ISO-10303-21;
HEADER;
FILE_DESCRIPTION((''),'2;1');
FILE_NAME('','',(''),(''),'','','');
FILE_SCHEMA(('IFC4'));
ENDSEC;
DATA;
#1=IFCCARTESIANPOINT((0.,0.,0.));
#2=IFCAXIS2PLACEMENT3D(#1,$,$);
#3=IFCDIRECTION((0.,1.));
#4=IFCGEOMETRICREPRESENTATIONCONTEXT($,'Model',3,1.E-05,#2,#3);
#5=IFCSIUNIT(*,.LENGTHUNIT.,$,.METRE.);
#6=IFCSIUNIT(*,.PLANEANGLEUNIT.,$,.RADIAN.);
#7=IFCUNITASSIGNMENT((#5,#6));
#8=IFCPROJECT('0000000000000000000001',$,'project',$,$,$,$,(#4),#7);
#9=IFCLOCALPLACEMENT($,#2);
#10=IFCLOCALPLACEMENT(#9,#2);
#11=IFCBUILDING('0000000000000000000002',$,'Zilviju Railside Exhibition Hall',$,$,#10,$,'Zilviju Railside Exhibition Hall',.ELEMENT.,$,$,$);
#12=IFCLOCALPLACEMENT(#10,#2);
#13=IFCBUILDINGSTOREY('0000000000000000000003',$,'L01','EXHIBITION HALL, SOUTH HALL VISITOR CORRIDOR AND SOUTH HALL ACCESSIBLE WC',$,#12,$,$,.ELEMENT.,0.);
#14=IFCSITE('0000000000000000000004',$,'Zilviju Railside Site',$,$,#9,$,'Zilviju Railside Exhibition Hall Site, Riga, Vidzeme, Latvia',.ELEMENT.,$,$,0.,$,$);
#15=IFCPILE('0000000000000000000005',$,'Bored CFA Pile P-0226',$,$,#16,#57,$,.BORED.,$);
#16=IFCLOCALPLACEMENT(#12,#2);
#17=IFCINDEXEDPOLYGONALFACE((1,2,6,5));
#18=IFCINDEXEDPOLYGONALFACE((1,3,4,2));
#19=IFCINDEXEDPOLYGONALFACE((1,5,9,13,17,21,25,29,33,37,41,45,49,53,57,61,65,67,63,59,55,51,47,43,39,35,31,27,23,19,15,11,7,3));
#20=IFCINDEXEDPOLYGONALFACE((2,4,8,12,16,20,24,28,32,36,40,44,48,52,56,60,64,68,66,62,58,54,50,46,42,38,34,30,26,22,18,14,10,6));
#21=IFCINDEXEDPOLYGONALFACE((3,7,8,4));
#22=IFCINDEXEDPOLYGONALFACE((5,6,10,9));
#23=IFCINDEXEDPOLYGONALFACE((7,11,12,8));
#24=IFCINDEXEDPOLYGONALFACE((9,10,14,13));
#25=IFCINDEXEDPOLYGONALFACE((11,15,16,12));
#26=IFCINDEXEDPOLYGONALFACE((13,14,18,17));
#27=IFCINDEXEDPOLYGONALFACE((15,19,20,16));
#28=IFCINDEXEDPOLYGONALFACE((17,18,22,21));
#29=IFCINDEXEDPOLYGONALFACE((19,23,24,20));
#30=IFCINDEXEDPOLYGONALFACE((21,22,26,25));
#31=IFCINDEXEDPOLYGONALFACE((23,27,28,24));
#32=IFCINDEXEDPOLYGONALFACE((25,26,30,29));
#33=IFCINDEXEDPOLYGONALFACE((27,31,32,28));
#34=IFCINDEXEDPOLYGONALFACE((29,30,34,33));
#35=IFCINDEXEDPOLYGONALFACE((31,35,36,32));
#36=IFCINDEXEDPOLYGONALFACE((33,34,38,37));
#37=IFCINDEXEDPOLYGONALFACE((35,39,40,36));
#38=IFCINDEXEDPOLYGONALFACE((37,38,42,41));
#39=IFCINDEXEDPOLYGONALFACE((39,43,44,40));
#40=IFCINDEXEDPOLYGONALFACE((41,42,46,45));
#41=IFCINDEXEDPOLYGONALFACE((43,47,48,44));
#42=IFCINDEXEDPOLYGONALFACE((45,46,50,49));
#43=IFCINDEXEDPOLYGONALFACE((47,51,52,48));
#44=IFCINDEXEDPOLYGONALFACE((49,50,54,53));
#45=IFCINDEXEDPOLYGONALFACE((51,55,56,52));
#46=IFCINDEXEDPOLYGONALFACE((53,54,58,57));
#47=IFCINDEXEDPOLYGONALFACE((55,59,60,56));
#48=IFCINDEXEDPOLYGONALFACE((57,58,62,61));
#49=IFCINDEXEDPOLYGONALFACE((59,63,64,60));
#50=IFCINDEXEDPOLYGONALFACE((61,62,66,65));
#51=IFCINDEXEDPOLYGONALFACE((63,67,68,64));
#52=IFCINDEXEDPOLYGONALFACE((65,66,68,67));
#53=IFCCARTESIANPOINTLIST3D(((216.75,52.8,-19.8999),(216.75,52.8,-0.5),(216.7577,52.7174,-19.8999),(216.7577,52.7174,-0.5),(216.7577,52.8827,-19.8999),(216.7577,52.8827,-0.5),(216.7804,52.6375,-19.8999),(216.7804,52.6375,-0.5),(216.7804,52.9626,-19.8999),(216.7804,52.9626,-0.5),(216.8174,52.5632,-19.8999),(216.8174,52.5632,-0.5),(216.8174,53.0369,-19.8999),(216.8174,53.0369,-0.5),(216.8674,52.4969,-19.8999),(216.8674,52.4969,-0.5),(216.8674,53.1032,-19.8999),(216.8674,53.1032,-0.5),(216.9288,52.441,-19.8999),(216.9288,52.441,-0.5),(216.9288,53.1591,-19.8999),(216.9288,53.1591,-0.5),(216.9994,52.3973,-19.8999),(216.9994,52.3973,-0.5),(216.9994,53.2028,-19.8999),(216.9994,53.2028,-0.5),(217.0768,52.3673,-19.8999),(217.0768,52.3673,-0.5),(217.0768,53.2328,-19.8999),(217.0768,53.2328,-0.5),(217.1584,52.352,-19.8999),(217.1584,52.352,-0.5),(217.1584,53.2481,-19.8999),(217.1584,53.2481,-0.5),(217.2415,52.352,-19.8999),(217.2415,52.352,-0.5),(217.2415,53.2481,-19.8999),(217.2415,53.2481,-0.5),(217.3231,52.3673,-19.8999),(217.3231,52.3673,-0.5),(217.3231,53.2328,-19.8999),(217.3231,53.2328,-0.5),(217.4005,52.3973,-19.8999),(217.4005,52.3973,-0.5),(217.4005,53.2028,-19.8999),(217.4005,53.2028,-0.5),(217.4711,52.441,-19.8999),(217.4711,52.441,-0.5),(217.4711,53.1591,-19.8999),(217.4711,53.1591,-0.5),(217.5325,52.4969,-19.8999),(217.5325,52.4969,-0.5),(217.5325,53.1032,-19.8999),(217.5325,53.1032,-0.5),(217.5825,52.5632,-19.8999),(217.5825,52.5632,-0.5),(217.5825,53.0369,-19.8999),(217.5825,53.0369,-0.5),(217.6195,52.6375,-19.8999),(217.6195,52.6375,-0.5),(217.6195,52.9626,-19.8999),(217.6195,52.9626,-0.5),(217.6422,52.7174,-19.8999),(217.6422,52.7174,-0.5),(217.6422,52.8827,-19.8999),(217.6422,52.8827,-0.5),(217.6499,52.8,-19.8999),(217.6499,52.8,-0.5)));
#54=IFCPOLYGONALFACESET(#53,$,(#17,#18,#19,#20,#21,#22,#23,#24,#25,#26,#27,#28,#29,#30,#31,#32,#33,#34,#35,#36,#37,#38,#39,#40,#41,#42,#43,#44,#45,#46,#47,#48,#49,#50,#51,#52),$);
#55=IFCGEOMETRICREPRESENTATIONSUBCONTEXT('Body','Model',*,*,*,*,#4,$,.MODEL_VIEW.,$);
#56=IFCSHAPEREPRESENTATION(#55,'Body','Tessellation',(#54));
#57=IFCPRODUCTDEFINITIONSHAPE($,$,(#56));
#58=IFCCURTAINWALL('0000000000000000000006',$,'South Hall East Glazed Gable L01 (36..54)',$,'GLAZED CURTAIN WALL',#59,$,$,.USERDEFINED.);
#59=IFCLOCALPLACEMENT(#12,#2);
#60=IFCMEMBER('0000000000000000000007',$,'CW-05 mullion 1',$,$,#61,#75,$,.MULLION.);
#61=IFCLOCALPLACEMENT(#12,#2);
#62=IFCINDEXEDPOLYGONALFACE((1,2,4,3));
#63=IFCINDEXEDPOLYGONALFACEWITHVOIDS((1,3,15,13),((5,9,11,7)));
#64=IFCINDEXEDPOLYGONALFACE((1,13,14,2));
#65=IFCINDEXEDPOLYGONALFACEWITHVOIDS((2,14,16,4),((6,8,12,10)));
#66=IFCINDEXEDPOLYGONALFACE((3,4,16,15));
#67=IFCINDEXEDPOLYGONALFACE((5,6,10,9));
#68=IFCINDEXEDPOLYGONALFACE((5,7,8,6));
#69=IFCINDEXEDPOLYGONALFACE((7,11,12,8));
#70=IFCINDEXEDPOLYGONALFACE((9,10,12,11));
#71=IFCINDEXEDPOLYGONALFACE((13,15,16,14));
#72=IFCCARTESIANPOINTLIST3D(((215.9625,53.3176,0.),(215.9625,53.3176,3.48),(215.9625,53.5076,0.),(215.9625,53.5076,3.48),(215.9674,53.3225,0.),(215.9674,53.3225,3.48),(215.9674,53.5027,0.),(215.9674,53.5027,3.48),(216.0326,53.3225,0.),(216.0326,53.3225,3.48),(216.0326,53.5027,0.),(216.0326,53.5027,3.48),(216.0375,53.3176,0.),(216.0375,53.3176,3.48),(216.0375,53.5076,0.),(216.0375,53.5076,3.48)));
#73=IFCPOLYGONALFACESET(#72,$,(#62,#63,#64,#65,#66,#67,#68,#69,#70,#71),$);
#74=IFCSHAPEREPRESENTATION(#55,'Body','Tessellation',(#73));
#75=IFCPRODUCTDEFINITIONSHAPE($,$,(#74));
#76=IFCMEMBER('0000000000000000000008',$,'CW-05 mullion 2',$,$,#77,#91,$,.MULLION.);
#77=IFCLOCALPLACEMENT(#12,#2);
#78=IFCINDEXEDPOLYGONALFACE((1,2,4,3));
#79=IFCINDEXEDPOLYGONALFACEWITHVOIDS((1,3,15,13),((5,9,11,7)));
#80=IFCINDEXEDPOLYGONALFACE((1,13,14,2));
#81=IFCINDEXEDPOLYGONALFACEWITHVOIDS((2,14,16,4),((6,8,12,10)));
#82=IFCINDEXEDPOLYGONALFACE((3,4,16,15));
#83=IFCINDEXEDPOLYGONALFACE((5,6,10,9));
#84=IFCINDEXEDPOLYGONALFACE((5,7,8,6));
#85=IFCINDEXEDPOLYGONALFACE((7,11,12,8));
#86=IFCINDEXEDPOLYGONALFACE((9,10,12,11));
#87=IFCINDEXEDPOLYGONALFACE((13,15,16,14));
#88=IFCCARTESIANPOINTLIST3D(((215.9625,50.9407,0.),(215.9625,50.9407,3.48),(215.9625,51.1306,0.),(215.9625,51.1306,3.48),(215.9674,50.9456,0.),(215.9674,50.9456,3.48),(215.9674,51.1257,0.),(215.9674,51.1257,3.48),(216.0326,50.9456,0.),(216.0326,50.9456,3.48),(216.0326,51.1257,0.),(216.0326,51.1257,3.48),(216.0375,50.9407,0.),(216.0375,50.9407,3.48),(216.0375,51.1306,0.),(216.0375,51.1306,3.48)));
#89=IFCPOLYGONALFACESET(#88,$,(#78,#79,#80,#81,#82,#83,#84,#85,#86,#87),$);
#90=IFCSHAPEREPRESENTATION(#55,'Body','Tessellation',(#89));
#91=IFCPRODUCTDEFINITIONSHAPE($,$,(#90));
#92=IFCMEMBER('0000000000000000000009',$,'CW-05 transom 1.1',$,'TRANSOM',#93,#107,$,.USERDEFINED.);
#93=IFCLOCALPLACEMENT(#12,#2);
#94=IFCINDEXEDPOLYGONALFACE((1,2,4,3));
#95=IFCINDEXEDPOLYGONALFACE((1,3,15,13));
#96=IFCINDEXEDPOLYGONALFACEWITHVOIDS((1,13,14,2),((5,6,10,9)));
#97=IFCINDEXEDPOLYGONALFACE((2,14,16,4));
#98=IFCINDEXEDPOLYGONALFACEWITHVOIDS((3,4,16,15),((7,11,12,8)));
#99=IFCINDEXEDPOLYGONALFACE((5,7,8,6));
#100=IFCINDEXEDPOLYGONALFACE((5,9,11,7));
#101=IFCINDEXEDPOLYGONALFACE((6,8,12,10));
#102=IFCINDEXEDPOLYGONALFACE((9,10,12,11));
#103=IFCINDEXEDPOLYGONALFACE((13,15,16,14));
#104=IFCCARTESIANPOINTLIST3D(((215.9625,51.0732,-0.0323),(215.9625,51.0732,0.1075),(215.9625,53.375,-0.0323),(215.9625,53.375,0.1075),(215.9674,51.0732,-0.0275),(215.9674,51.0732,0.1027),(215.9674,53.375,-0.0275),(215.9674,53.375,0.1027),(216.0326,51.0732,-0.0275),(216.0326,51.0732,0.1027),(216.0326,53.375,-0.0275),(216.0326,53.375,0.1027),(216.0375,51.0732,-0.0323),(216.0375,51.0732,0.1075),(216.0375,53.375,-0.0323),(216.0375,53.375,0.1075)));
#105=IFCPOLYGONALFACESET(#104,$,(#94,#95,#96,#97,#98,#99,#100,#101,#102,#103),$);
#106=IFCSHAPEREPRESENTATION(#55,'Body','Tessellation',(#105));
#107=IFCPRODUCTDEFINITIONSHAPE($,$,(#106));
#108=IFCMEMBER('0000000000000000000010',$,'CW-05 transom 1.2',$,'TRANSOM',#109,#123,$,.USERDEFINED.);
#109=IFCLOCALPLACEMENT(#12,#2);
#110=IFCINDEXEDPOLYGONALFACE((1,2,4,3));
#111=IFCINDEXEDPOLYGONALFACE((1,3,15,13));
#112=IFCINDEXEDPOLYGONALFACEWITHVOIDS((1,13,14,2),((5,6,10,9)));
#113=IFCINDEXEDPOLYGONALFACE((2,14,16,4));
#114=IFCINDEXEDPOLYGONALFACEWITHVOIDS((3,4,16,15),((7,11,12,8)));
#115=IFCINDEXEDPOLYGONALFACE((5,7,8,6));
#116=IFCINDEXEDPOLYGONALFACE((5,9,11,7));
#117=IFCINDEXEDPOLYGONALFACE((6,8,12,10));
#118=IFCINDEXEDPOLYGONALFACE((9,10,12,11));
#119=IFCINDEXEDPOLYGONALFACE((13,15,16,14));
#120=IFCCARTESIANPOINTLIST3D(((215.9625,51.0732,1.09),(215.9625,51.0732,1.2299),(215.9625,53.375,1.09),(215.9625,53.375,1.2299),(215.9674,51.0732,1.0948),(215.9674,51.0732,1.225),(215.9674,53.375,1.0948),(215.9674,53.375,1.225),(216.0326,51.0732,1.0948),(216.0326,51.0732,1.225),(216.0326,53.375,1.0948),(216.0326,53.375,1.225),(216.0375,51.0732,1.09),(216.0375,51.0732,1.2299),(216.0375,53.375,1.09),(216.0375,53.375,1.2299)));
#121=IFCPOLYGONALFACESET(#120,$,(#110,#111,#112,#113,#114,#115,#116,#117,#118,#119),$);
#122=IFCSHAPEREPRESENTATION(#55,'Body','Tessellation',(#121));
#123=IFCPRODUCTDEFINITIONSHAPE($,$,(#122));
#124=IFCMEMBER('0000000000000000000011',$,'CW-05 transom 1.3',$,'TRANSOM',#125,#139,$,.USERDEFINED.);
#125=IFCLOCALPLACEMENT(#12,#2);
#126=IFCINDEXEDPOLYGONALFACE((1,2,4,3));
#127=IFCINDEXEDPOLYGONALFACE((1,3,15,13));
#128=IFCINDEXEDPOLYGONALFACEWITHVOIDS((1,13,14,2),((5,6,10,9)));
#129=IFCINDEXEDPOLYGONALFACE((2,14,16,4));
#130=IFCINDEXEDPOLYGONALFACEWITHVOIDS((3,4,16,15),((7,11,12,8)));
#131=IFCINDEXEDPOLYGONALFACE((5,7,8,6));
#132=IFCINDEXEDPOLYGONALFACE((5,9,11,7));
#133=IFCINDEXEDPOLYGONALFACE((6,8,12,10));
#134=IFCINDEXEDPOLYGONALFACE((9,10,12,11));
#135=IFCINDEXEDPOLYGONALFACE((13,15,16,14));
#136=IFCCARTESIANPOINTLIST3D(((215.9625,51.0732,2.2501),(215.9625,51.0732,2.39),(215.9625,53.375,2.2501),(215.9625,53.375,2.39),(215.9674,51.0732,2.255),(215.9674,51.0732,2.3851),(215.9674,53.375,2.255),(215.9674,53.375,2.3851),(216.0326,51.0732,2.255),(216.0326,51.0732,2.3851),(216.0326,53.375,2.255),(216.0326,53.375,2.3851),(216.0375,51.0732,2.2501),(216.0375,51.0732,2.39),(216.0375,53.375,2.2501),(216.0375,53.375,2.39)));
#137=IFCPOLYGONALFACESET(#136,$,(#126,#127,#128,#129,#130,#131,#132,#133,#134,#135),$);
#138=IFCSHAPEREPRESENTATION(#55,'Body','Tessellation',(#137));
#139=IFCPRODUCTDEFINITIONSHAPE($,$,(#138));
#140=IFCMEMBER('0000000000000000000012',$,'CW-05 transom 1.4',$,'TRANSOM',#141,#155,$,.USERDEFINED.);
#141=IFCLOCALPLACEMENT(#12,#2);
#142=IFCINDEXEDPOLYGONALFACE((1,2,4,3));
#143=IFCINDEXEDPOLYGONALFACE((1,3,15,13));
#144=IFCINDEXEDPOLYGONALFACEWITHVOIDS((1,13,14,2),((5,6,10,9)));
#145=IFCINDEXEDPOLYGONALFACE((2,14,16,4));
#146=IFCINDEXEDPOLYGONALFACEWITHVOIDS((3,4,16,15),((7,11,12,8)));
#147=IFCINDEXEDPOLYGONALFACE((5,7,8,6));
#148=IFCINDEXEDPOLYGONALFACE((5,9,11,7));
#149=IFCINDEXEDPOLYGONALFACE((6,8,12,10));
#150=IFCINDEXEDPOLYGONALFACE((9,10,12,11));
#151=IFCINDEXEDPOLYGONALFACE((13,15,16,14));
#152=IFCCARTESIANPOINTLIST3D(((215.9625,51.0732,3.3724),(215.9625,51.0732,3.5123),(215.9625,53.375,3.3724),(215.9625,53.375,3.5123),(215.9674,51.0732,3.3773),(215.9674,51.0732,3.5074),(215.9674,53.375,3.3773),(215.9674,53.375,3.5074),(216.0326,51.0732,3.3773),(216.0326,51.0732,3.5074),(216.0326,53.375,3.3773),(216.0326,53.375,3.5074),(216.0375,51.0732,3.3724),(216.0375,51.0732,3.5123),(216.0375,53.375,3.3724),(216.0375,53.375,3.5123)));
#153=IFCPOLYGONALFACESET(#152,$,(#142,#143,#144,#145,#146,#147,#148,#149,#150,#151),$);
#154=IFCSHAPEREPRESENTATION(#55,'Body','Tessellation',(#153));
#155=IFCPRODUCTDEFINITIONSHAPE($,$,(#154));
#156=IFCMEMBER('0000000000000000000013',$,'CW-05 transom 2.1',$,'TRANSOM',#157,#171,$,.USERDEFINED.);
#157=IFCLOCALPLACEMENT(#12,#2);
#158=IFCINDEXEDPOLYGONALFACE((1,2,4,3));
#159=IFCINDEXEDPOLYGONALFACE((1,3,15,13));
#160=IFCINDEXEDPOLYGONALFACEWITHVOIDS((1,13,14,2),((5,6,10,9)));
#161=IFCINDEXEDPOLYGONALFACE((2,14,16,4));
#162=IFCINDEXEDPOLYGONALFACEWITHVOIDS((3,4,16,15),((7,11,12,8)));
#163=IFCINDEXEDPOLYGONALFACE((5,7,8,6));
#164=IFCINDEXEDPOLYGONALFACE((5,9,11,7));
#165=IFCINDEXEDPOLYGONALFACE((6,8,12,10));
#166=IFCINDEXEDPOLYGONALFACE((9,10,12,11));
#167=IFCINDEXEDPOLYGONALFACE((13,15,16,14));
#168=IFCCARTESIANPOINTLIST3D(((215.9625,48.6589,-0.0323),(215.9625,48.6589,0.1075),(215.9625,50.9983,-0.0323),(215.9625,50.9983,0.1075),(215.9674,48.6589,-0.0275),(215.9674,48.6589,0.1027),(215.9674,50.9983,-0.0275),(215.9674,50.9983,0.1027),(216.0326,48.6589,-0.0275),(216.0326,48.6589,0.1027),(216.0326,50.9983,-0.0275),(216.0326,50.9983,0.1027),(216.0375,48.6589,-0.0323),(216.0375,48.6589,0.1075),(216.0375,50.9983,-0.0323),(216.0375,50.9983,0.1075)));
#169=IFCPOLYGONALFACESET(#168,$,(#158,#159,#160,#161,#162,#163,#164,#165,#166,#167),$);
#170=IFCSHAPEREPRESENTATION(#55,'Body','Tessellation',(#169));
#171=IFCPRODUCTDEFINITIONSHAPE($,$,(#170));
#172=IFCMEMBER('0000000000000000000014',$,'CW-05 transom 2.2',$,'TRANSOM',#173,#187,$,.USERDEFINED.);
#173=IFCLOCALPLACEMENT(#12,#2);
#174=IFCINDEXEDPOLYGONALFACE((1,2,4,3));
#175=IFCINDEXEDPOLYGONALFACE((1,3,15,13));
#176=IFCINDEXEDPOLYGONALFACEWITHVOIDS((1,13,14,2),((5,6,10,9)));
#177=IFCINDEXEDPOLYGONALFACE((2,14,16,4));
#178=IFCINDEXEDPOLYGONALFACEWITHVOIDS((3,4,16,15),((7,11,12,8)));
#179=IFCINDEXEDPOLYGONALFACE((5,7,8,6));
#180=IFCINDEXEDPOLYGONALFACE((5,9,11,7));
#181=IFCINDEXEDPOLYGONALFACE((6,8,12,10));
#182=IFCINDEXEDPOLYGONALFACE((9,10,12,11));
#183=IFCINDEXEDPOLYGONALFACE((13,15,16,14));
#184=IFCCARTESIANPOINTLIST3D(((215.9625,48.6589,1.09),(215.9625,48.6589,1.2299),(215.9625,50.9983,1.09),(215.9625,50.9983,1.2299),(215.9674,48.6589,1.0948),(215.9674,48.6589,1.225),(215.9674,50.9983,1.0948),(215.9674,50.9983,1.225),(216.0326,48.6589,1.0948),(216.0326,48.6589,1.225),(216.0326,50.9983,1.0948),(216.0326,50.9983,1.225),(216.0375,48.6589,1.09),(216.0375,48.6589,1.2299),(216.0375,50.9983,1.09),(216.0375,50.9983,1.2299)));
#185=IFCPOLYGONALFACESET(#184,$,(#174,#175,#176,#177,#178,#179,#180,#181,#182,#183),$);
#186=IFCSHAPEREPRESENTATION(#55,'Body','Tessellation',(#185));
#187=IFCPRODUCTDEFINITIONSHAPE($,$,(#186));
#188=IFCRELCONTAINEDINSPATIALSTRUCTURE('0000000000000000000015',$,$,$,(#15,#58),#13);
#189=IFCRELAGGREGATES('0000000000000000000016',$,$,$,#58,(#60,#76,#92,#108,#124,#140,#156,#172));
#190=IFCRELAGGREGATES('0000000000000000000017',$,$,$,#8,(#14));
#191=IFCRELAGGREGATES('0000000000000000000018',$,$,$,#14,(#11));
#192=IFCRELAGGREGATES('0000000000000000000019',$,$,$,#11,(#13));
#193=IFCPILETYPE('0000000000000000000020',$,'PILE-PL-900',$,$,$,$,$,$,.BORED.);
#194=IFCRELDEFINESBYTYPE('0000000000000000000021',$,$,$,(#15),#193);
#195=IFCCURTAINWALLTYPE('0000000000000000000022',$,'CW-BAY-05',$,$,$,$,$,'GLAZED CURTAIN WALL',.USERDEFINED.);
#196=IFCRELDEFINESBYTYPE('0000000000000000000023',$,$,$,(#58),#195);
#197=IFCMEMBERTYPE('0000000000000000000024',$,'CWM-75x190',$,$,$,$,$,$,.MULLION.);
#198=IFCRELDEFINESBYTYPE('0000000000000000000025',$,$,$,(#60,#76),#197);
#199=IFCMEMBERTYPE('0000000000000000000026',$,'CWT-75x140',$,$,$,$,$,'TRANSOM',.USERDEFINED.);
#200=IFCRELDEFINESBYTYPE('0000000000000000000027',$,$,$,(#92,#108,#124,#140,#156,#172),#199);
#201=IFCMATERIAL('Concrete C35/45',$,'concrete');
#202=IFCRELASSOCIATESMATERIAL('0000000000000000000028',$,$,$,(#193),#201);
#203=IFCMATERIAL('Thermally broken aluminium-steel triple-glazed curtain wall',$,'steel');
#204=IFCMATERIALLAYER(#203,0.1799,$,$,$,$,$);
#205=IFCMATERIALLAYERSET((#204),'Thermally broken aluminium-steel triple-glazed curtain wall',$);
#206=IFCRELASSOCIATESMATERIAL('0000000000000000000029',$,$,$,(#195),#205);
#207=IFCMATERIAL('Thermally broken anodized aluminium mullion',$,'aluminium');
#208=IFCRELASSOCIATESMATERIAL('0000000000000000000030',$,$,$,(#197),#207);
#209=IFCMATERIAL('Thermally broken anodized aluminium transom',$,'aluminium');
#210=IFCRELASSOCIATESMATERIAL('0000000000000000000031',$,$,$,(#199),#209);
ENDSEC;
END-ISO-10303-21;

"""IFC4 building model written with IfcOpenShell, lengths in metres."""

from ifc_helpers import new_model, si_unit, direction, frame, origin, origin_2d, place, context, subcontext, project, spatial, hollow_rectangle, circle, extrude, material, layer, layer_set, material_profile, profile_set, type_object, element, aggregate, save


model = new_model("IFC4")

# Units and contexts
model_context = context("Model", 3, precision=1e-05, world=origin(), true_north=direction((0.0, 1.0)))
body_context = subcontext(model_context, "Body", "Model", "MODEL_VIEW")
ifc_project = project(units=[si_unit("LENGTHUNIT", "METRE"), si_unit("PLANEANGLEUNIT", "RADIAN")], contexts=[model_context])

# Site, building, storey
site_placement = place(None, origin())
site = spatial("IfcSite", under=ifc_project, at=site_placement, Name="Zilviju Railside Site", LongName="Zilviju Railside Exhibition Hall Site, Riga, Vidzeme, Latvia", CompositionType="ELEMENT", RefElevation=0.0)
building_placement = place(site_placement, origin())
building = spatial("IfcBuilding", under=site, at=building_placement, Name="Zilviju Railside Exhibition Hall", LongName="Zilviju Railside Exhibition Hall", CompositionType="ELEMENT")
storey_placement = place(building_placement, origin())
storey = spatial("IfcBuildingStorey", under=building, at=storey_placement, Name="L01", Description="EXHIBITION HALL, SOUTH HALL VISITOR CORRIDOR AND SOUTH HALL ACCESSIBLE WC", CompositionType="ELEMENT", Elevation=0.0)

# Pile
ifc_material_1 = material(Name="Concrete C35/45", Category="concrete")
ifc_material_profile_1 = material_profile(ifc_material_1, circle(Radius=0.45, at=origin_2d()), Name="CFA PILE D900")
ifc_profile_set_1 = profile_set([ifc_material_profile_1], Name="Concrete C35/45")
pile_type = type_object("IfcPileType", Name="PILE-PL-900", PredefinedType="BORED", material=ifc_profile_set_1)
for number, where, z_axis, x_axis, name in (
    (1, (217.2, 52.8, -0.5), (0.0, 0.0, -1.0), (1.0, 0.0, 0.0), "Bored CFA Pile P-0226"),
):
    element("IfcPile", number, at=place(storey_placement, frame(where, z_axis=z_axis, x_axis=x_axis)), inside=storey, type_object=pile_type, Name=name, PredefinedType="BORED", context=body_context, shape_type="SweptSolid", body=[
        extrude(circle(Radius=0.45, at=origin_2d()), origin(), (0.0, 0.0, 1.0), 19.3999),
    ])

# Curtain wall, members
ifc_material_2 = material(Name="Thermally broken aluminium-steel triple-glazed curtain wall", Category="steel")
ifc_layer_1 = layer(ifc_material_2, 0.1799)
ifc_layer_set_1 = layer_set([ifc_layer_1], Name="Thermally broken aluminium-steel triple-glazed curtain wall")
curtain_wall_type = type_object("IfcCurtainWallType", Name="CW-BAY-05", ElementType="GLAZED CURTAIN WALL", PredefinedType="USERDEFINED", material=ifc_layer_set_1)
curtain_wall_placement = place(storey_placement, origin())
curtain_wall = element("IfcCurtainWall", 2, at=curtain_wall_placement, inside=storey, type_object=curtain_wall_type, Name="South Hall East Glazed Gable L01 (36..54)", ObjectType="GLAZED CURTAIN WALL", PredefinedType="USERDEFINED")
ifc_material_3 = material(Name="Thermally broken anodized aluminium mullion", Category="aluminium")
ifc_material_profile_2 = material_profile(ifc_material_3, hollow_rectangle(XDim=0.075, YDim=0.1899, WallThickness=0.0049, at=origin_2d()), Name="MULLION 190x75x5")
ifc_profile_set_2 = profile_set([ifc_material_profile_2], Name="Thermally broken anodized aluminium mullion")
member_type_1 = type_object("IfcMemberType", Name="CWM-75x190", PredefinedType="MULLION", material=ifc_profile_set_2)
member_1_placement = place(storey_placement, frame((216.0, 53.4126, 0.0), z_axis=(0.0, 0.0, 1.0), x_axis=(1.0, 0.0, 0.0)))
member_1 = element("IfcMember", 3, at=member_1_placement, type_object=member_type_1, Name="CW-05 mullion 1", PredefinedType="MULLION", context=body_context, shape_type="SweptSolid", body=[
    extrude(hollow_rectangle(XDim=0.075, YDim=0.1899, WallThickness=0.0049, at=origin_2d()), origin(), (0.0, 0.0, 1.0), 3.48),
])
member_2_placement = place(storey_placement, frame((216.0, 51.0356, 0.0), z_axis=(0.0, 0.0, 1.0), x_axis=(1.0, 0.0, 0.0)))
member_2 = element("IfcMember", 4, at=member_2_placement, type_object=member_type_1, Name="CW-05 mullion 2", PredefinedType="MULLION", context=body_context, shape_type="SweptSolid", body=[
    extrude(hollow_rectangle(XDim=0.075, YDim=0.1899, WallThickness=0.0049, at=origin_2d()), origin(), (0.0, 0.0, 1.0), 3.48),
])
ifc_material_4 = material(Name="Thermally broken anodized aluminium transom", Category="aluminium")
ifc_material_profile_3 = material_profile(ifc_material_4, hollow_rectangle(XDim=0.075, YDim=0.1399, WallThickness=0.0049, at=origin_2d()), Name="TRANSOM 140x75x5")
ifc_profile_set_3 = profile_set([ifc_material_profile_3], Name="Thermally broken anodized aluminium transom")
member_type_2 = type_object("IfcMemberType", Name="CWT-75x140", ElementType="TRANSOM", PredefinedType="USERDEFINED", material=ifc_profile_set_3)
member_3_placement = place(storey_placement, frame((216.0, 53.375, 0.0376), z_axis=(0.0, -1.0, 0.0), x_axis=(1.0, 0.0, 0.0)))
member_3 = element("IfcMember", 5, at=member_3_placement, type_object=member_type_2, Name="CW-05 transom 1.1", ObjectType="TRANSOM", PredefinedType="USERDEFINED", context=body_context, shape_type="SweptSolid", body=[
    extrude(hollow_rectangle(XDim=0.075, YDim=0.1399, WallThickness=0.0049, at=origin_2d()), origin(), (0.0, 0.0, 1.0), 2.3018),
])
member_4_placement = place(storey_placement, frame((216.0, 53.375, 1.1599), z_axis=(0.0, -1.0, 0.0), x_axis=(1.0, 0.0, 0.0)))
member_4 = element("IfcMember", 6, at=member_4_placement, type_object=member_type_2, Name="CW-05 transom 1.2", ObjectType="TRANSOM", PredefinedType="USERDEFINED", context=body_context, shape_type="SweptSolid", body=[
    extrude(hollow_rectangle(XDim=0.075, YDim=0.1399, WallThickness=0.0049, at=origin_2d()), origin(), (0.0, 0.0, 1.0), 2.3018),
])
member_5_placement = place(storey_placement, frame((216.0, 53.375, 2.3201), z_axis=(0.0, -1.0, 0.0), x_axis=(1.0, 0.0, 0.0)))
member_5 = element("IfcMember", 7, at=member_5_placement, type_object=member_type_2, Name="CW-05 transom 1.3", ObjectType="TRANSOM", PredefinedType="USERDEFINED", context=body_context, shape_type="SweptSolid", body=[
    extrude(hollow_rectangle(XDim=0.075, YDim=0.1399, WallThickness=0.0049, at=origin_2d()), origin(), (0.0, 0.0, 1.0), 2.3018),
])
member_6_placement = place(storey_placement, frame((216.0, 53.375, 3.4424), z_axis=(0.0, -1.0, 0.0), x_axis=(1.0, 0.0, 0.0)))
member_6 = element("IfcMember", 8, at=member_6_placement, type_object=member_type_2, Name="CW-05 transom 1.4", ObjectType="TRANSOM", PredefinedType="USERDEFINED", context=body_context, shape_type="SweptSolid", body=[
    extrude(hollow_rectangle(XDim=0.075, YDim=0.1399, WallThickness=0.0049, at=origin_2d()), origin(), (0.0, 0.0, 1.0), 2.3018),
])
member_7_placement = place(storey_placement, frame((216.0, 50.9983, 0.0376), z_axis=(0.0, -1.0, 0.0), x_axis=(1.0, 0.0, 0.0)))
member_7 = element("IfcMember", 9, at=member_7_placement, type_object=member_type_2, Name="CW-05 transom 2.1", ObjectType="TRANSOM", PredefinedType="USERDEFINED", context=body_context, shape_type="SweptSolid", body=[
    extrude(hollow_rectangle(XDim=0.075, YDim=0.1399, WallThickness=0.0049, at=origin_2d()), origin(), (0.0, 0.0, 1.0), 2.3394),
])
member_8_placement = place(storey_placement, frame((216.0, 50.9983, 1.1599), z_axis=(0.0, -1.0, 0.0), x_axis=(1.0, 0.0, 0.0)))
member_8 = element("IfcMember", 10, at=member_8_placement, type_object=member_type_2, Name="CW-05 transom 2.2", ObjectType="TRANSOM", PredefinedType="USERDEFINED", context=body_context, shape_type="SweptSolid", body=[
    extrude(hollow_rectangle(XDim=0.075, YDim=0.1399, WallThickness=0.0049, at=origin_2d()), origin(), (0.0, 0.0, 1.0), 2.3394),
])
aggregate(curtain_wall, [member_1, member_2, member_3, member_4, member_5, member_6, member_7, member_8])

save(model, "model.ifc")
